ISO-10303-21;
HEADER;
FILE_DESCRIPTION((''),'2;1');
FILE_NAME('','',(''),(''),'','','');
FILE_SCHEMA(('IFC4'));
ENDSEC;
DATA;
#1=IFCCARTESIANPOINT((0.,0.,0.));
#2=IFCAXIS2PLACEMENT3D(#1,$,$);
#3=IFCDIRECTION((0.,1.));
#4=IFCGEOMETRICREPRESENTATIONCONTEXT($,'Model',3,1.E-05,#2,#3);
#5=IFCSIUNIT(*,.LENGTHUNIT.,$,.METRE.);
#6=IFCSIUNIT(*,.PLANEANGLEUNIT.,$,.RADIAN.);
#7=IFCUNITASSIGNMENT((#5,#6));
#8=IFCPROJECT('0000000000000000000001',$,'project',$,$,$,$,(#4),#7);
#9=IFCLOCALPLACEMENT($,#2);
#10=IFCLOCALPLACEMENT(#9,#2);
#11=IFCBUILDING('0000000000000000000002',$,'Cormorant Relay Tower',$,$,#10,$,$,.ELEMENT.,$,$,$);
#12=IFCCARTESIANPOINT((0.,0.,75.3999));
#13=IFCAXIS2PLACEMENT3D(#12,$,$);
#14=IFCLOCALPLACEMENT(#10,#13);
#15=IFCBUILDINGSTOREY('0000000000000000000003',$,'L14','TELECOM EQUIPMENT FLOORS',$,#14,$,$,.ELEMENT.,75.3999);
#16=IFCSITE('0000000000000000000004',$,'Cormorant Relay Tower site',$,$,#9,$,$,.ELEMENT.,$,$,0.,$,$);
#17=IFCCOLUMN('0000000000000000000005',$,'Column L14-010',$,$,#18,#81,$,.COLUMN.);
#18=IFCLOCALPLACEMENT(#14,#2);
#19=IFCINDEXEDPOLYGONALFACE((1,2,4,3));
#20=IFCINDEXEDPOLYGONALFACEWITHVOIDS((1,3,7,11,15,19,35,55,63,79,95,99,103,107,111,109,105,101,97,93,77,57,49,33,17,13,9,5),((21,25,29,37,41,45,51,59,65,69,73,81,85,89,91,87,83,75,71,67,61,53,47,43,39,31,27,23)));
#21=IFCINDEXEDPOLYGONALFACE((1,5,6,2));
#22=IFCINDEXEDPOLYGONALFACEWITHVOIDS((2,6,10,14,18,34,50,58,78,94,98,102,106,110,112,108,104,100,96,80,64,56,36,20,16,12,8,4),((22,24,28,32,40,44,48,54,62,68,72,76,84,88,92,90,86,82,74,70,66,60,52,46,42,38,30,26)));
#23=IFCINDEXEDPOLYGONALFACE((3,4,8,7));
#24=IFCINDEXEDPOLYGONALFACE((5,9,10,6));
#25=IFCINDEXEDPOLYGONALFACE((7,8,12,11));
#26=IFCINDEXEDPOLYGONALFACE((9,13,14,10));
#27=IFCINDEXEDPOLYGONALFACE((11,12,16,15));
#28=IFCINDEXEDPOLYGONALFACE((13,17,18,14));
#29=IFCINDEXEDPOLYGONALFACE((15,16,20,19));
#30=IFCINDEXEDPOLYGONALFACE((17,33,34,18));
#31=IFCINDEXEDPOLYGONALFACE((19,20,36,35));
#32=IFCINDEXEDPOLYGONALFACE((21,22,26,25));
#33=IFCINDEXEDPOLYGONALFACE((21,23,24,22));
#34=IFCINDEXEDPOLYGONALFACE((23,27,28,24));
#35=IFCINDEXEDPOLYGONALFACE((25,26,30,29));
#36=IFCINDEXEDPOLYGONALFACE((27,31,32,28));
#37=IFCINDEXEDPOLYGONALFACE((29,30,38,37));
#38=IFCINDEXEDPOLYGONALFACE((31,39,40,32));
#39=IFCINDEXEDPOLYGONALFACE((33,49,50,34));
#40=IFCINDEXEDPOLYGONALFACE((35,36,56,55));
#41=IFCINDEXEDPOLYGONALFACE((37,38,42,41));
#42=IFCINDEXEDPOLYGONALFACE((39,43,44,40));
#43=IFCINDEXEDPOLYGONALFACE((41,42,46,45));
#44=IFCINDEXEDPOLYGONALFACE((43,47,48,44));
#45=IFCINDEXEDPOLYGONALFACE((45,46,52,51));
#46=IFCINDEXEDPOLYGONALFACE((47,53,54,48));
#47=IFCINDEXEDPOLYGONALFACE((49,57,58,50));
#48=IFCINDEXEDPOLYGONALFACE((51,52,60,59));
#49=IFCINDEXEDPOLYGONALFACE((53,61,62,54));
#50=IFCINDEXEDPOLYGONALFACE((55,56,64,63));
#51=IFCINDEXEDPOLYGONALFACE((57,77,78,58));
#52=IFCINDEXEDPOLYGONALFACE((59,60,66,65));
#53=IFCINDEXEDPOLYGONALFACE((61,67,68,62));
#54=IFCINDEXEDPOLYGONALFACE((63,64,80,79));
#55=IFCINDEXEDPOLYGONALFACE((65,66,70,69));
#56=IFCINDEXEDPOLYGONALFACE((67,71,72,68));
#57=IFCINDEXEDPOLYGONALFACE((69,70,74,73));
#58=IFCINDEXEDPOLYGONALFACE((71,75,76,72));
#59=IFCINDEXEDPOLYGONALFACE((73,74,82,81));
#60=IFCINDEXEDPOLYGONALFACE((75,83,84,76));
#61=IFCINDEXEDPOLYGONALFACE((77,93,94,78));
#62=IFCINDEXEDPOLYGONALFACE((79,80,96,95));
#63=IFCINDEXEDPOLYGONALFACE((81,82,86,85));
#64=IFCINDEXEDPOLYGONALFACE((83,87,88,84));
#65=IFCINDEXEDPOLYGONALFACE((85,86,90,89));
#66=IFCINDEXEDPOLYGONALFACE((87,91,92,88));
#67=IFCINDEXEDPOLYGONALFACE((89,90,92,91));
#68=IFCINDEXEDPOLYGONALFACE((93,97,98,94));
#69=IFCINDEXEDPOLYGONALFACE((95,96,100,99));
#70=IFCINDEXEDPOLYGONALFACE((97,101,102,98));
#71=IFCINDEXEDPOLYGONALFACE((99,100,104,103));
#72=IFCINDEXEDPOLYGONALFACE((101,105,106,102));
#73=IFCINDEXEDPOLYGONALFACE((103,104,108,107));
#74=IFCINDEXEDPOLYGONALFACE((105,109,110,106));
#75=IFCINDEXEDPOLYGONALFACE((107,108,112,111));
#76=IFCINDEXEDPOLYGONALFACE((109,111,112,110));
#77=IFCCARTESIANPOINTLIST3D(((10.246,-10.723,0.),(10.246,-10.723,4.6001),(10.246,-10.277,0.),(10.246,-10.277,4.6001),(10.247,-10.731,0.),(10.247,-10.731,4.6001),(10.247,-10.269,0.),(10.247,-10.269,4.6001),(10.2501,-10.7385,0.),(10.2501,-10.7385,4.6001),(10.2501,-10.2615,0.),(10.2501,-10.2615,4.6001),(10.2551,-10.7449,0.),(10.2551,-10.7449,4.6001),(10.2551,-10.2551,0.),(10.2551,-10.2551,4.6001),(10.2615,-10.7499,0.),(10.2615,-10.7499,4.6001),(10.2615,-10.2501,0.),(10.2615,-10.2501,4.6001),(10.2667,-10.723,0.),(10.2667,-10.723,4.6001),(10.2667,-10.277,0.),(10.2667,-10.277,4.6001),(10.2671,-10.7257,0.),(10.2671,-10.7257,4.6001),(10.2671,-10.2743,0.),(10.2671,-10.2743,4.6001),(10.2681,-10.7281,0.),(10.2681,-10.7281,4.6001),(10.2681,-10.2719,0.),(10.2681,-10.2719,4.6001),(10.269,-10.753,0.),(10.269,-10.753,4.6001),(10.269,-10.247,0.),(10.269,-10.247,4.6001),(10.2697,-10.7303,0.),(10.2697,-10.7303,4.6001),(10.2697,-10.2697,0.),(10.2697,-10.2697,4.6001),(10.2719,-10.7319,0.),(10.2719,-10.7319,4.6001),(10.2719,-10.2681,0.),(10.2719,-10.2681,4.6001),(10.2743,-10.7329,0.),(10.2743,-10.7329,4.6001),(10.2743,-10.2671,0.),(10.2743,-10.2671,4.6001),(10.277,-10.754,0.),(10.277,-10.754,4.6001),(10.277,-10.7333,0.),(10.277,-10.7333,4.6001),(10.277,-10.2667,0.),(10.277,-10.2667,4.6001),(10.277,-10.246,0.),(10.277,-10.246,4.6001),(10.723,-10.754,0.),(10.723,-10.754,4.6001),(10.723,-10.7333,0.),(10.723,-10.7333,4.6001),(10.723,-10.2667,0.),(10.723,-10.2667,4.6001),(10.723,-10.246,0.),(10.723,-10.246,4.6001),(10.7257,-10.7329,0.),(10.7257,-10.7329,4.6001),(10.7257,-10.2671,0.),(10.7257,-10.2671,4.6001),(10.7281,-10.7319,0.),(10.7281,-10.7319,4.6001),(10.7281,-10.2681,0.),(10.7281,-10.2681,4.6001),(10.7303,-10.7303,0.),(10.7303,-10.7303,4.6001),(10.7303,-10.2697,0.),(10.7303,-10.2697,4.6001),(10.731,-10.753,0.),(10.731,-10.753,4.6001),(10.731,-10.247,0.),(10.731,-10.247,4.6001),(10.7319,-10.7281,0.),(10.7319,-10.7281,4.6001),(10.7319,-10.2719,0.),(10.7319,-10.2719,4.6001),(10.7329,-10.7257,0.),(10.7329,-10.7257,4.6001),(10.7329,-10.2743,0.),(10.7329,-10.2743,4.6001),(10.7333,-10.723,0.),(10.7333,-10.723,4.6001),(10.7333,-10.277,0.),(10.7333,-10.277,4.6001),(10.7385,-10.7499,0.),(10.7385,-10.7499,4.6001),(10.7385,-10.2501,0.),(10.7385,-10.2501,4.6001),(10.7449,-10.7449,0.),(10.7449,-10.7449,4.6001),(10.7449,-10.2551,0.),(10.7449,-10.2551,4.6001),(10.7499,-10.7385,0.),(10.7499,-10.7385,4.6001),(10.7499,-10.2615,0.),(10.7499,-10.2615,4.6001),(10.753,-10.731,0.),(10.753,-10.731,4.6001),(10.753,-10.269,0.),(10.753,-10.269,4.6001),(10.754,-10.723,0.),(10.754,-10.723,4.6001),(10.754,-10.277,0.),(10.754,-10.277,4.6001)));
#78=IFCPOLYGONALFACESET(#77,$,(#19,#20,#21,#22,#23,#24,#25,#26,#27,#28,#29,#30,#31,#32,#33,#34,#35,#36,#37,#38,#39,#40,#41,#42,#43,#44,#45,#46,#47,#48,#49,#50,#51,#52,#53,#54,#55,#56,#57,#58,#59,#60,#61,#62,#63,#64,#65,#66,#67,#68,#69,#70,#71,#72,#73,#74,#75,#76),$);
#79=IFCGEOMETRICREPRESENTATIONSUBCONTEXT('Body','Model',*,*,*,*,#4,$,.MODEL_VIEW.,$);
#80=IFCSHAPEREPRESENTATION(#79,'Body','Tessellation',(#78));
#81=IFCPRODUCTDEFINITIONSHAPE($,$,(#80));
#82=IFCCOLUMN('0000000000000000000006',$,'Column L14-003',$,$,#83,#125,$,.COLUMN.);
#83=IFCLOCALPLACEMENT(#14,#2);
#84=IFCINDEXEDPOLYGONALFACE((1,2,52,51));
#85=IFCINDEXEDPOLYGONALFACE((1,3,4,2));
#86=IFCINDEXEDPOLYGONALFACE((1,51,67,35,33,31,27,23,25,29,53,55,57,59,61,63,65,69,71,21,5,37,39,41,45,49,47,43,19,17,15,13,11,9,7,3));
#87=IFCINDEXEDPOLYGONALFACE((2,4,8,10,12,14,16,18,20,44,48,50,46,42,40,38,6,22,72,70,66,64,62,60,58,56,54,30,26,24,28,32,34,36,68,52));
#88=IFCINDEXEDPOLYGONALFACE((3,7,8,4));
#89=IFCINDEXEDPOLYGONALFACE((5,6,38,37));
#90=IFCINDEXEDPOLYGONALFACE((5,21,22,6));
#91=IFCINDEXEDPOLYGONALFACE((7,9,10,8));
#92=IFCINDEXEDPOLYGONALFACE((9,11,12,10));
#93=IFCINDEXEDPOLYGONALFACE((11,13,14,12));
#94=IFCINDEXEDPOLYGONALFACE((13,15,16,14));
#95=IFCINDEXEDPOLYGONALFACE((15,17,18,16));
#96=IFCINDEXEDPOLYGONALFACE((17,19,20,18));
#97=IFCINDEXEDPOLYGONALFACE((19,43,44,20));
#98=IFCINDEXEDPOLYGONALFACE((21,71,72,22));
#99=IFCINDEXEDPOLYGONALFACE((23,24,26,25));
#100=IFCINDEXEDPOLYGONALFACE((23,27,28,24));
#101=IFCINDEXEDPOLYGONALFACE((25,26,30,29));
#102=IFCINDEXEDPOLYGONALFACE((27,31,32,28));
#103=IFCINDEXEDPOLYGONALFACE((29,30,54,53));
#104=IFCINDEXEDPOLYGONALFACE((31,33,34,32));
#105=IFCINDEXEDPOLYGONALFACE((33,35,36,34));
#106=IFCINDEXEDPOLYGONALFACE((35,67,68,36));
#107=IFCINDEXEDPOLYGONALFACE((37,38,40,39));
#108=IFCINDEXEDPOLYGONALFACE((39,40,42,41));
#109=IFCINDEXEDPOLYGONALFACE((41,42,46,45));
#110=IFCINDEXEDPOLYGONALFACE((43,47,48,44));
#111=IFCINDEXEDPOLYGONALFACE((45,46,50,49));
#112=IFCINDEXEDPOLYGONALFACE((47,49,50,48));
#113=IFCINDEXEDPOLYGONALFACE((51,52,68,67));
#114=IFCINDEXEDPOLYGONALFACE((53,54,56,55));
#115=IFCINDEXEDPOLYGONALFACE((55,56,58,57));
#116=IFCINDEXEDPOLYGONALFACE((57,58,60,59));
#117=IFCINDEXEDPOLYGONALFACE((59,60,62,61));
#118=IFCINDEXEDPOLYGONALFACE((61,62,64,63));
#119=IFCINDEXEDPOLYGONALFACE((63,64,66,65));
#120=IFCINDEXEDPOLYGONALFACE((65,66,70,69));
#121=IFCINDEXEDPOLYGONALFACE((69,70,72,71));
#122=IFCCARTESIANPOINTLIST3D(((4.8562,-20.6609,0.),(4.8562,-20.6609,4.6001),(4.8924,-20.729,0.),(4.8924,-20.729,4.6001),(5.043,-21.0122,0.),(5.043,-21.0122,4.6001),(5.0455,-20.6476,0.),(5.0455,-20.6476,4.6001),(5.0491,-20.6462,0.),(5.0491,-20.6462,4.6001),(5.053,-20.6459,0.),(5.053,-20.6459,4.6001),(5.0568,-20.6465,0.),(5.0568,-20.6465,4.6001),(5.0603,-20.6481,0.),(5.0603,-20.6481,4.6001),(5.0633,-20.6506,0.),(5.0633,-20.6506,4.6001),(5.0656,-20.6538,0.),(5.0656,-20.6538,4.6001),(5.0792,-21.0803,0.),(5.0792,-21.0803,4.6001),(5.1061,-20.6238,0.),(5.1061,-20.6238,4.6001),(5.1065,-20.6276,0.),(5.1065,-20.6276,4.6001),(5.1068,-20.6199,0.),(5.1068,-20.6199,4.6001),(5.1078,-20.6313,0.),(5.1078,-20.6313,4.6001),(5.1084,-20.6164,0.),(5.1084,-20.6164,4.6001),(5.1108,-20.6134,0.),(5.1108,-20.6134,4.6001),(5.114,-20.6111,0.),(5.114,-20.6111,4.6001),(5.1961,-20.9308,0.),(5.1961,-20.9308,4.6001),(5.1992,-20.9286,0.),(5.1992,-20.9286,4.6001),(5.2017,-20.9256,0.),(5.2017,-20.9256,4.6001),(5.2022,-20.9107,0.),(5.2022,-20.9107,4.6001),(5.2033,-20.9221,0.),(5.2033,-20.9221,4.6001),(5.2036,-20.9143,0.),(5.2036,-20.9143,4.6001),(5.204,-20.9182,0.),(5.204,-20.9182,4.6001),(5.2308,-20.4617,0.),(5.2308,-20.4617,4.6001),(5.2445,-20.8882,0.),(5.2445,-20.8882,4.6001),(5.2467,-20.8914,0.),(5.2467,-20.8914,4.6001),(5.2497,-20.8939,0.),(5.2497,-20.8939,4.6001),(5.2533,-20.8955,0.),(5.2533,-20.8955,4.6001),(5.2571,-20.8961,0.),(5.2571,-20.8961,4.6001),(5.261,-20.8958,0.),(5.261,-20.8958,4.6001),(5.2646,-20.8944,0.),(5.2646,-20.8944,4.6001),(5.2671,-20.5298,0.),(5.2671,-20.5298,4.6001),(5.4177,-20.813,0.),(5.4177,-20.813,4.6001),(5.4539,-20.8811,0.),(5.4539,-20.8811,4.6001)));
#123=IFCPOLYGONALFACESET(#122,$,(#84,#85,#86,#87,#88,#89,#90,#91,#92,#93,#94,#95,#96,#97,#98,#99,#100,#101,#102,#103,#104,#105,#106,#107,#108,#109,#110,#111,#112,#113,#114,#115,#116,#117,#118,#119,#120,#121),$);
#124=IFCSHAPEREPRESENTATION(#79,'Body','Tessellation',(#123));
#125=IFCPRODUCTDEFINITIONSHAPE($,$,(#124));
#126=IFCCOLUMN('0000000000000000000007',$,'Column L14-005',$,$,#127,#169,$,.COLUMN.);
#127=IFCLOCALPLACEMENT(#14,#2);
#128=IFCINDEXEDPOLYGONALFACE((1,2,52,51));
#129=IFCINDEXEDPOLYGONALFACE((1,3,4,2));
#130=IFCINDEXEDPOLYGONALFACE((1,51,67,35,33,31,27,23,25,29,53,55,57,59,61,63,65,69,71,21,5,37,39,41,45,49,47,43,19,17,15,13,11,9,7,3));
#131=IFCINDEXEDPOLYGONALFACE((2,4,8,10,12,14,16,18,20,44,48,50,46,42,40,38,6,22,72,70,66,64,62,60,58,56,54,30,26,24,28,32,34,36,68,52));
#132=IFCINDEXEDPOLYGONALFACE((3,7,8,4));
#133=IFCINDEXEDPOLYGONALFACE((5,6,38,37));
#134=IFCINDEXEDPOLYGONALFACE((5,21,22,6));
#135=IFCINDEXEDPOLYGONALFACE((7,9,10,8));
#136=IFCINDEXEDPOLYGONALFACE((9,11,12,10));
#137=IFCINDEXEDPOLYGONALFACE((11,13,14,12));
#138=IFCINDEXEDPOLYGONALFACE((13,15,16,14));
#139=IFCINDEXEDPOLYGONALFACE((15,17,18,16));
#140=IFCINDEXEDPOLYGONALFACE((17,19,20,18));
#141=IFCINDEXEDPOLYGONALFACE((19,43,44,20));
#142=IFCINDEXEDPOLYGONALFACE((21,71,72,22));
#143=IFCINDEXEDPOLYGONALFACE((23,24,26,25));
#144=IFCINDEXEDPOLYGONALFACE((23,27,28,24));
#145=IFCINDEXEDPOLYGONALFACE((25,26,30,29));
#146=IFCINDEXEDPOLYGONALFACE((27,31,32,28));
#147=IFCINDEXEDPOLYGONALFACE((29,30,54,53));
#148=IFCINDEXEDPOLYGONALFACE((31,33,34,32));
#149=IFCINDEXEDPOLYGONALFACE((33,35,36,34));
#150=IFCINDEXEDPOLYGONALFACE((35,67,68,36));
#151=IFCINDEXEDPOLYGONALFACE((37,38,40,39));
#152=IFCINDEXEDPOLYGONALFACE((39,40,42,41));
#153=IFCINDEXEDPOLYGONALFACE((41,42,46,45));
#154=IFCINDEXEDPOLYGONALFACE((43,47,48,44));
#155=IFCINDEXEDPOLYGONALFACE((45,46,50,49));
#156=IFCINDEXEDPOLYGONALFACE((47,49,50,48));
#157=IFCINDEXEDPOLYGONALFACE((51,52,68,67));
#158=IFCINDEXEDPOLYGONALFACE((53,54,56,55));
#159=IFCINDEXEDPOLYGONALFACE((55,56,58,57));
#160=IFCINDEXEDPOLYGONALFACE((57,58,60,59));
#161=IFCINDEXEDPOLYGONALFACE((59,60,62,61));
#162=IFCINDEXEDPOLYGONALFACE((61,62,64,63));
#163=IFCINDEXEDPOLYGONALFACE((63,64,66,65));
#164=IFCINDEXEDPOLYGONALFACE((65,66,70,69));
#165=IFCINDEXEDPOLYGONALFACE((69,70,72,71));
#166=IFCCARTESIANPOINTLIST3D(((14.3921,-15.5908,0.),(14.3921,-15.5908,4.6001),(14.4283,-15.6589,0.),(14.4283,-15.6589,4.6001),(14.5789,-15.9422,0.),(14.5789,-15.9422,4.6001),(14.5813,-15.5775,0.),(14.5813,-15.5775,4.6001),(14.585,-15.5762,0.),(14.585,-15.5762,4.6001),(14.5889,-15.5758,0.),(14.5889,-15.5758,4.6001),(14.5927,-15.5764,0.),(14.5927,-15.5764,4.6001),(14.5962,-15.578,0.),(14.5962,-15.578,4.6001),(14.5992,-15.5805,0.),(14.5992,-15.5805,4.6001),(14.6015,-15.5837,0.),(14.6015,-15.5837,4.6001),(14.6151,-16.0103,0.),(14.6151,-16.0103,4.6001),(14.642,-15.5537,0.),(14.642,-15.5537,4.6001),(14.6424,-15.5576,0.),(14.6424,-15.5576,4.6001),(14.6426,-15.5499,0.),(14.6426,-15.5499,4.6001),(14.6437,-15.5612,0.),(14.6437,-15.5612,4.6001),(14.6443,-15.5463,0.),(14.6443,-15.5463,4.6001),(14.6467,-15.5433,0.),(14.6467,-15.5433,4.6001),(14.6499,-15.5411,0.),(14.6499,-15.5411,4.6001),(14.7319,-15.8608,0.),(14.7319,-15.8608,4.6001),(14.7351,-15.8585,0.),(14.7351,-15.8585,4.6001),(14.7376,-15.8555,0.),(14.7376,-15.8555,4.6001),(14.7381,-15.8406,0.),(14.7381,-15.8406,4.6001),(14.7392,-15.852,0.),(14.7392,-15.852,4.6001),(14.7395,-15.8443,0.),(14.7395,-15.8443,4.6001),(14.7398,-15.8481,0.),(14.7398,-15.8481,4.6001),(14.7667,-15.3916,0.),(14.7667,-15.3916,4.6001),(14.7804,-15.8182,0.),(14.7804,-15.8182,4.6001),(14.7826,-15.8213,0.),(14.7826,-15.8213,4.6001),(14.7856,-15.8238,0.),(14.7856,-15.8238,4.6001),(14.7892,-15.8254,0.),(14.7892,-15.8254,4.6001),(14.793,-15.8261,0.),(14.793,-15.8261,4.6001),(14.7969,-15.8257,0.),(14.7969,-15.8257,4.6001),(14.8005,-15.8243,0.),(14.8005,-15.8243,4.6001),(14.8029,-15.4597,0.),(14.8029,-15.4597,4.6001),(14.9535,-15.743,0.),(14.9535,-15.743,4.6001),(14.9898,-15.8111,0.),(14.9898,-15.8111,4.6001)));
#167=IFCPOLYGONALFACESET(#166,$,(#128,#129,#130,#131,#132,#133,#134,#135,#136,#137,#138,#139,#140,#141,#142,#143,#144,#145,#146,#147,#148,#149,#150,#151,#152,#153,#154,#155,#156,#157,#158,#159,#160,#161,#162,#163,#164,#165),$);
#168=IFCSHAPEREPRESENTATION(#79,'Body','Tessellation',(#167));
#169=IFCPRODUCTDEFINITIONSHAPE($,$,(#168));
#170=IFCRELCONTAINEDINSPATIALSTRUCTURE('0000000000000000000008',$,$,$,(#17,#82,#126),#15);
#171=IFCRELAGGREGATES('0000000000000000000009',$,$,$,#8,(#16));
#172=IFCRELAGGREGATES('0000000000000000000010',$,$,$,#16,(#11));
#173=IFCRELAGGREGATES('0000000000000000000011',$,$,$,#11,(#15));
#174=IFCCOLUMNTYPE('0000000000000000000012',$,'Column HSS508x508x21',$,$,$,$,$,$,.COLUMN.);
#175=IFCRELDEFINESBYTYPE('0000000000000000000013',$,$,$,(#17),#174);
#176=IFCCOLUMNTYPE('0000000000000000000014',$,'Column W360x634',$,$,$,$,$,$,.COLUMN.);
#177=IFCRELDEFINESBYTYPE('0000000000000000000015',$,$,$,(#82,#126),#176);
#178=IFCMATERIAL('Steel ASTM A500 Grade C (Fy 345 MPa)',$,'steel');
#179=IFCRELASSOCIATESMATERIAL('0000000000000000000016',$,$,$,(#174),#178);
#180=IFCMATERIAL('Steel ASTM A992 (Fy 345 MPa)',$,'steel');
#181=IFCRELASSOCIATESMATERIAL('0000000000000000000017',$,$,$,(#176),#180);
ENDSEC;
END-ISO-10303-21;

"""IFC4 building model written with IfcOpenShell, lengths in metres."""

from ifc_helpers import new_model, si_unit, direction, frame, origin, origin_2d, place, context, subcontext, project, spatial, hollow_rectangle, i_section, extrude, material, material_profile, profile_set, type_object, element, save


model = new_model("IFC4")

# Units and contexts
model_context = context("Model", 3, precision=1e-05, world=origin(), true_north=direction((0.0, 1.0)))
body_context = subcontext(model_context, "Body", "Model", "MODEL_VIEW")
ifc_project = project(units=[si_unit("LENGTHUNIT", "METRE"), si_unit("PLANEANGLEUNIT", "RADIAN")], contexts=[model_context])

# Site, building, storey
site_placement = place(None, origin())
site = spatial("IfcSite", under=ifc_project, at=site_placement, Name="Cormorant Relay Tower site", CompositionType="ELEMENT", RefElevation=0.0)
building_placement = place(site_placement, origin())
building = spatial("IfcBuilding", under=site, at=building_placement, Name="Cormorant Relay Tower", CompositionType="ELEMENT")
storey_placement = place(building_placement, frame((0.0, 0.0, 75.3999)))
storey = spatial("IfcBuildingStorey", under=building, at=storey_placement, Name="L14", Description="TELECOM EQUIPMENT FLOORS", CompositionType="ELEMENT", Elevation=75.3999)

# Columns
ifc_material_1 = material(Name="Steel ASTM A500 Grade C (Fy 345 MPa)", Category="steel")
ifc_material_profile_1 = material_profile(ifc_material_1, hollow_rectangle(XDim=0.5081, YDim=0.5081, WallThickness=0.0208, InnerFilletRadius=0.0103, OuterFilletRadius=0.031, at=origin_2d()), Name="HSS508x508x21")
ifc_profile_set_1 = profile_set([ifc_material_profile_1], Name="Steel ASTM A500 Grade C (Fy 345 MPa)")
column_type_1 = type_object("IfcColumnType", Name="Column HSS508x508x21", PredefinedType="COLUMN", material=ifc_profile_set_1)
column_1_placement = place(storey_placement, frame((10.5, -10.5, 0.0), z_axis=(0.0, 0.0, 1.0), x_axis=(1.0, 0.0, 0.0)))
element("IfcColumn", 1, at=column_1_placement, inside=storey, type_object=column_type_1, Name="Column L14-010", PredefinedType="COLUMN", context=body_context, shape_type="SweptSolid", body=[
    extrude(hollow_rectangle(XDim=0.5081, YDim=0.5081, WallThickness=0.0208, InnerFilletRadius=0.0103, OuterFilletRadius=0.031, at=origin_2d()), origin(), (0.0, 0.0, 1.0), 4.6001),
])
ifc_material_2 = material(Name="Steel ASTM A992 (Fy 345 MPa)", Category="steel")
ifc_material_profile_2 = material_profile(ifc_material_2, i_section(OverallWidth=0.4243, OverallDepth=0.4751, WebThickness=0.0479, FlangeThickness=0.0771, FilletRadius=0.0149, at=origin_2d()), Name="W360x634")
ifc_profile_set_2 = profile_set([ifc_material_profile_2], Name="Steel ASTM A992 (Fy 345 MPa)")
column_type_2 = type_object("IfcColumnType", Name="Column W360x634", PredefinedType="COLUMN", material=ifc_profile_set_2)
for number, where, z_axis, x_axis, name in (
    (2, (5.155, -20.771, 0.0), (0.0, 0.0, 1.0), (0.882948, 0.469472, 0.0), "Column L14-003"),
    (3, (14.6909, -15.7009, 0.0), (0.0, 0.0, 1.0), (0.882948, 0.469472, 0.0), "Column L14-005"),
):
    element("IfcColumn", number, at=place(storey_placement, frame(where, z_axis=z_axis, x_axis=x_axis)), inside=storey, type_object=column_type_2, Name=name, PredefinedType="COLUMN", context=body_context, shape_type="SweptSolid", body=[
        extrude(i_section(OverallWidth=0.4243, OverallDepth=0.4751, WebThickness=0.0479, FlangeThickness=0.0771, FilletRadius=0.0149, at=origin_2d()), origin(), (0.0, 0.0, 1.0), 4.6001),
    ])

save(model, "model.ifc")
